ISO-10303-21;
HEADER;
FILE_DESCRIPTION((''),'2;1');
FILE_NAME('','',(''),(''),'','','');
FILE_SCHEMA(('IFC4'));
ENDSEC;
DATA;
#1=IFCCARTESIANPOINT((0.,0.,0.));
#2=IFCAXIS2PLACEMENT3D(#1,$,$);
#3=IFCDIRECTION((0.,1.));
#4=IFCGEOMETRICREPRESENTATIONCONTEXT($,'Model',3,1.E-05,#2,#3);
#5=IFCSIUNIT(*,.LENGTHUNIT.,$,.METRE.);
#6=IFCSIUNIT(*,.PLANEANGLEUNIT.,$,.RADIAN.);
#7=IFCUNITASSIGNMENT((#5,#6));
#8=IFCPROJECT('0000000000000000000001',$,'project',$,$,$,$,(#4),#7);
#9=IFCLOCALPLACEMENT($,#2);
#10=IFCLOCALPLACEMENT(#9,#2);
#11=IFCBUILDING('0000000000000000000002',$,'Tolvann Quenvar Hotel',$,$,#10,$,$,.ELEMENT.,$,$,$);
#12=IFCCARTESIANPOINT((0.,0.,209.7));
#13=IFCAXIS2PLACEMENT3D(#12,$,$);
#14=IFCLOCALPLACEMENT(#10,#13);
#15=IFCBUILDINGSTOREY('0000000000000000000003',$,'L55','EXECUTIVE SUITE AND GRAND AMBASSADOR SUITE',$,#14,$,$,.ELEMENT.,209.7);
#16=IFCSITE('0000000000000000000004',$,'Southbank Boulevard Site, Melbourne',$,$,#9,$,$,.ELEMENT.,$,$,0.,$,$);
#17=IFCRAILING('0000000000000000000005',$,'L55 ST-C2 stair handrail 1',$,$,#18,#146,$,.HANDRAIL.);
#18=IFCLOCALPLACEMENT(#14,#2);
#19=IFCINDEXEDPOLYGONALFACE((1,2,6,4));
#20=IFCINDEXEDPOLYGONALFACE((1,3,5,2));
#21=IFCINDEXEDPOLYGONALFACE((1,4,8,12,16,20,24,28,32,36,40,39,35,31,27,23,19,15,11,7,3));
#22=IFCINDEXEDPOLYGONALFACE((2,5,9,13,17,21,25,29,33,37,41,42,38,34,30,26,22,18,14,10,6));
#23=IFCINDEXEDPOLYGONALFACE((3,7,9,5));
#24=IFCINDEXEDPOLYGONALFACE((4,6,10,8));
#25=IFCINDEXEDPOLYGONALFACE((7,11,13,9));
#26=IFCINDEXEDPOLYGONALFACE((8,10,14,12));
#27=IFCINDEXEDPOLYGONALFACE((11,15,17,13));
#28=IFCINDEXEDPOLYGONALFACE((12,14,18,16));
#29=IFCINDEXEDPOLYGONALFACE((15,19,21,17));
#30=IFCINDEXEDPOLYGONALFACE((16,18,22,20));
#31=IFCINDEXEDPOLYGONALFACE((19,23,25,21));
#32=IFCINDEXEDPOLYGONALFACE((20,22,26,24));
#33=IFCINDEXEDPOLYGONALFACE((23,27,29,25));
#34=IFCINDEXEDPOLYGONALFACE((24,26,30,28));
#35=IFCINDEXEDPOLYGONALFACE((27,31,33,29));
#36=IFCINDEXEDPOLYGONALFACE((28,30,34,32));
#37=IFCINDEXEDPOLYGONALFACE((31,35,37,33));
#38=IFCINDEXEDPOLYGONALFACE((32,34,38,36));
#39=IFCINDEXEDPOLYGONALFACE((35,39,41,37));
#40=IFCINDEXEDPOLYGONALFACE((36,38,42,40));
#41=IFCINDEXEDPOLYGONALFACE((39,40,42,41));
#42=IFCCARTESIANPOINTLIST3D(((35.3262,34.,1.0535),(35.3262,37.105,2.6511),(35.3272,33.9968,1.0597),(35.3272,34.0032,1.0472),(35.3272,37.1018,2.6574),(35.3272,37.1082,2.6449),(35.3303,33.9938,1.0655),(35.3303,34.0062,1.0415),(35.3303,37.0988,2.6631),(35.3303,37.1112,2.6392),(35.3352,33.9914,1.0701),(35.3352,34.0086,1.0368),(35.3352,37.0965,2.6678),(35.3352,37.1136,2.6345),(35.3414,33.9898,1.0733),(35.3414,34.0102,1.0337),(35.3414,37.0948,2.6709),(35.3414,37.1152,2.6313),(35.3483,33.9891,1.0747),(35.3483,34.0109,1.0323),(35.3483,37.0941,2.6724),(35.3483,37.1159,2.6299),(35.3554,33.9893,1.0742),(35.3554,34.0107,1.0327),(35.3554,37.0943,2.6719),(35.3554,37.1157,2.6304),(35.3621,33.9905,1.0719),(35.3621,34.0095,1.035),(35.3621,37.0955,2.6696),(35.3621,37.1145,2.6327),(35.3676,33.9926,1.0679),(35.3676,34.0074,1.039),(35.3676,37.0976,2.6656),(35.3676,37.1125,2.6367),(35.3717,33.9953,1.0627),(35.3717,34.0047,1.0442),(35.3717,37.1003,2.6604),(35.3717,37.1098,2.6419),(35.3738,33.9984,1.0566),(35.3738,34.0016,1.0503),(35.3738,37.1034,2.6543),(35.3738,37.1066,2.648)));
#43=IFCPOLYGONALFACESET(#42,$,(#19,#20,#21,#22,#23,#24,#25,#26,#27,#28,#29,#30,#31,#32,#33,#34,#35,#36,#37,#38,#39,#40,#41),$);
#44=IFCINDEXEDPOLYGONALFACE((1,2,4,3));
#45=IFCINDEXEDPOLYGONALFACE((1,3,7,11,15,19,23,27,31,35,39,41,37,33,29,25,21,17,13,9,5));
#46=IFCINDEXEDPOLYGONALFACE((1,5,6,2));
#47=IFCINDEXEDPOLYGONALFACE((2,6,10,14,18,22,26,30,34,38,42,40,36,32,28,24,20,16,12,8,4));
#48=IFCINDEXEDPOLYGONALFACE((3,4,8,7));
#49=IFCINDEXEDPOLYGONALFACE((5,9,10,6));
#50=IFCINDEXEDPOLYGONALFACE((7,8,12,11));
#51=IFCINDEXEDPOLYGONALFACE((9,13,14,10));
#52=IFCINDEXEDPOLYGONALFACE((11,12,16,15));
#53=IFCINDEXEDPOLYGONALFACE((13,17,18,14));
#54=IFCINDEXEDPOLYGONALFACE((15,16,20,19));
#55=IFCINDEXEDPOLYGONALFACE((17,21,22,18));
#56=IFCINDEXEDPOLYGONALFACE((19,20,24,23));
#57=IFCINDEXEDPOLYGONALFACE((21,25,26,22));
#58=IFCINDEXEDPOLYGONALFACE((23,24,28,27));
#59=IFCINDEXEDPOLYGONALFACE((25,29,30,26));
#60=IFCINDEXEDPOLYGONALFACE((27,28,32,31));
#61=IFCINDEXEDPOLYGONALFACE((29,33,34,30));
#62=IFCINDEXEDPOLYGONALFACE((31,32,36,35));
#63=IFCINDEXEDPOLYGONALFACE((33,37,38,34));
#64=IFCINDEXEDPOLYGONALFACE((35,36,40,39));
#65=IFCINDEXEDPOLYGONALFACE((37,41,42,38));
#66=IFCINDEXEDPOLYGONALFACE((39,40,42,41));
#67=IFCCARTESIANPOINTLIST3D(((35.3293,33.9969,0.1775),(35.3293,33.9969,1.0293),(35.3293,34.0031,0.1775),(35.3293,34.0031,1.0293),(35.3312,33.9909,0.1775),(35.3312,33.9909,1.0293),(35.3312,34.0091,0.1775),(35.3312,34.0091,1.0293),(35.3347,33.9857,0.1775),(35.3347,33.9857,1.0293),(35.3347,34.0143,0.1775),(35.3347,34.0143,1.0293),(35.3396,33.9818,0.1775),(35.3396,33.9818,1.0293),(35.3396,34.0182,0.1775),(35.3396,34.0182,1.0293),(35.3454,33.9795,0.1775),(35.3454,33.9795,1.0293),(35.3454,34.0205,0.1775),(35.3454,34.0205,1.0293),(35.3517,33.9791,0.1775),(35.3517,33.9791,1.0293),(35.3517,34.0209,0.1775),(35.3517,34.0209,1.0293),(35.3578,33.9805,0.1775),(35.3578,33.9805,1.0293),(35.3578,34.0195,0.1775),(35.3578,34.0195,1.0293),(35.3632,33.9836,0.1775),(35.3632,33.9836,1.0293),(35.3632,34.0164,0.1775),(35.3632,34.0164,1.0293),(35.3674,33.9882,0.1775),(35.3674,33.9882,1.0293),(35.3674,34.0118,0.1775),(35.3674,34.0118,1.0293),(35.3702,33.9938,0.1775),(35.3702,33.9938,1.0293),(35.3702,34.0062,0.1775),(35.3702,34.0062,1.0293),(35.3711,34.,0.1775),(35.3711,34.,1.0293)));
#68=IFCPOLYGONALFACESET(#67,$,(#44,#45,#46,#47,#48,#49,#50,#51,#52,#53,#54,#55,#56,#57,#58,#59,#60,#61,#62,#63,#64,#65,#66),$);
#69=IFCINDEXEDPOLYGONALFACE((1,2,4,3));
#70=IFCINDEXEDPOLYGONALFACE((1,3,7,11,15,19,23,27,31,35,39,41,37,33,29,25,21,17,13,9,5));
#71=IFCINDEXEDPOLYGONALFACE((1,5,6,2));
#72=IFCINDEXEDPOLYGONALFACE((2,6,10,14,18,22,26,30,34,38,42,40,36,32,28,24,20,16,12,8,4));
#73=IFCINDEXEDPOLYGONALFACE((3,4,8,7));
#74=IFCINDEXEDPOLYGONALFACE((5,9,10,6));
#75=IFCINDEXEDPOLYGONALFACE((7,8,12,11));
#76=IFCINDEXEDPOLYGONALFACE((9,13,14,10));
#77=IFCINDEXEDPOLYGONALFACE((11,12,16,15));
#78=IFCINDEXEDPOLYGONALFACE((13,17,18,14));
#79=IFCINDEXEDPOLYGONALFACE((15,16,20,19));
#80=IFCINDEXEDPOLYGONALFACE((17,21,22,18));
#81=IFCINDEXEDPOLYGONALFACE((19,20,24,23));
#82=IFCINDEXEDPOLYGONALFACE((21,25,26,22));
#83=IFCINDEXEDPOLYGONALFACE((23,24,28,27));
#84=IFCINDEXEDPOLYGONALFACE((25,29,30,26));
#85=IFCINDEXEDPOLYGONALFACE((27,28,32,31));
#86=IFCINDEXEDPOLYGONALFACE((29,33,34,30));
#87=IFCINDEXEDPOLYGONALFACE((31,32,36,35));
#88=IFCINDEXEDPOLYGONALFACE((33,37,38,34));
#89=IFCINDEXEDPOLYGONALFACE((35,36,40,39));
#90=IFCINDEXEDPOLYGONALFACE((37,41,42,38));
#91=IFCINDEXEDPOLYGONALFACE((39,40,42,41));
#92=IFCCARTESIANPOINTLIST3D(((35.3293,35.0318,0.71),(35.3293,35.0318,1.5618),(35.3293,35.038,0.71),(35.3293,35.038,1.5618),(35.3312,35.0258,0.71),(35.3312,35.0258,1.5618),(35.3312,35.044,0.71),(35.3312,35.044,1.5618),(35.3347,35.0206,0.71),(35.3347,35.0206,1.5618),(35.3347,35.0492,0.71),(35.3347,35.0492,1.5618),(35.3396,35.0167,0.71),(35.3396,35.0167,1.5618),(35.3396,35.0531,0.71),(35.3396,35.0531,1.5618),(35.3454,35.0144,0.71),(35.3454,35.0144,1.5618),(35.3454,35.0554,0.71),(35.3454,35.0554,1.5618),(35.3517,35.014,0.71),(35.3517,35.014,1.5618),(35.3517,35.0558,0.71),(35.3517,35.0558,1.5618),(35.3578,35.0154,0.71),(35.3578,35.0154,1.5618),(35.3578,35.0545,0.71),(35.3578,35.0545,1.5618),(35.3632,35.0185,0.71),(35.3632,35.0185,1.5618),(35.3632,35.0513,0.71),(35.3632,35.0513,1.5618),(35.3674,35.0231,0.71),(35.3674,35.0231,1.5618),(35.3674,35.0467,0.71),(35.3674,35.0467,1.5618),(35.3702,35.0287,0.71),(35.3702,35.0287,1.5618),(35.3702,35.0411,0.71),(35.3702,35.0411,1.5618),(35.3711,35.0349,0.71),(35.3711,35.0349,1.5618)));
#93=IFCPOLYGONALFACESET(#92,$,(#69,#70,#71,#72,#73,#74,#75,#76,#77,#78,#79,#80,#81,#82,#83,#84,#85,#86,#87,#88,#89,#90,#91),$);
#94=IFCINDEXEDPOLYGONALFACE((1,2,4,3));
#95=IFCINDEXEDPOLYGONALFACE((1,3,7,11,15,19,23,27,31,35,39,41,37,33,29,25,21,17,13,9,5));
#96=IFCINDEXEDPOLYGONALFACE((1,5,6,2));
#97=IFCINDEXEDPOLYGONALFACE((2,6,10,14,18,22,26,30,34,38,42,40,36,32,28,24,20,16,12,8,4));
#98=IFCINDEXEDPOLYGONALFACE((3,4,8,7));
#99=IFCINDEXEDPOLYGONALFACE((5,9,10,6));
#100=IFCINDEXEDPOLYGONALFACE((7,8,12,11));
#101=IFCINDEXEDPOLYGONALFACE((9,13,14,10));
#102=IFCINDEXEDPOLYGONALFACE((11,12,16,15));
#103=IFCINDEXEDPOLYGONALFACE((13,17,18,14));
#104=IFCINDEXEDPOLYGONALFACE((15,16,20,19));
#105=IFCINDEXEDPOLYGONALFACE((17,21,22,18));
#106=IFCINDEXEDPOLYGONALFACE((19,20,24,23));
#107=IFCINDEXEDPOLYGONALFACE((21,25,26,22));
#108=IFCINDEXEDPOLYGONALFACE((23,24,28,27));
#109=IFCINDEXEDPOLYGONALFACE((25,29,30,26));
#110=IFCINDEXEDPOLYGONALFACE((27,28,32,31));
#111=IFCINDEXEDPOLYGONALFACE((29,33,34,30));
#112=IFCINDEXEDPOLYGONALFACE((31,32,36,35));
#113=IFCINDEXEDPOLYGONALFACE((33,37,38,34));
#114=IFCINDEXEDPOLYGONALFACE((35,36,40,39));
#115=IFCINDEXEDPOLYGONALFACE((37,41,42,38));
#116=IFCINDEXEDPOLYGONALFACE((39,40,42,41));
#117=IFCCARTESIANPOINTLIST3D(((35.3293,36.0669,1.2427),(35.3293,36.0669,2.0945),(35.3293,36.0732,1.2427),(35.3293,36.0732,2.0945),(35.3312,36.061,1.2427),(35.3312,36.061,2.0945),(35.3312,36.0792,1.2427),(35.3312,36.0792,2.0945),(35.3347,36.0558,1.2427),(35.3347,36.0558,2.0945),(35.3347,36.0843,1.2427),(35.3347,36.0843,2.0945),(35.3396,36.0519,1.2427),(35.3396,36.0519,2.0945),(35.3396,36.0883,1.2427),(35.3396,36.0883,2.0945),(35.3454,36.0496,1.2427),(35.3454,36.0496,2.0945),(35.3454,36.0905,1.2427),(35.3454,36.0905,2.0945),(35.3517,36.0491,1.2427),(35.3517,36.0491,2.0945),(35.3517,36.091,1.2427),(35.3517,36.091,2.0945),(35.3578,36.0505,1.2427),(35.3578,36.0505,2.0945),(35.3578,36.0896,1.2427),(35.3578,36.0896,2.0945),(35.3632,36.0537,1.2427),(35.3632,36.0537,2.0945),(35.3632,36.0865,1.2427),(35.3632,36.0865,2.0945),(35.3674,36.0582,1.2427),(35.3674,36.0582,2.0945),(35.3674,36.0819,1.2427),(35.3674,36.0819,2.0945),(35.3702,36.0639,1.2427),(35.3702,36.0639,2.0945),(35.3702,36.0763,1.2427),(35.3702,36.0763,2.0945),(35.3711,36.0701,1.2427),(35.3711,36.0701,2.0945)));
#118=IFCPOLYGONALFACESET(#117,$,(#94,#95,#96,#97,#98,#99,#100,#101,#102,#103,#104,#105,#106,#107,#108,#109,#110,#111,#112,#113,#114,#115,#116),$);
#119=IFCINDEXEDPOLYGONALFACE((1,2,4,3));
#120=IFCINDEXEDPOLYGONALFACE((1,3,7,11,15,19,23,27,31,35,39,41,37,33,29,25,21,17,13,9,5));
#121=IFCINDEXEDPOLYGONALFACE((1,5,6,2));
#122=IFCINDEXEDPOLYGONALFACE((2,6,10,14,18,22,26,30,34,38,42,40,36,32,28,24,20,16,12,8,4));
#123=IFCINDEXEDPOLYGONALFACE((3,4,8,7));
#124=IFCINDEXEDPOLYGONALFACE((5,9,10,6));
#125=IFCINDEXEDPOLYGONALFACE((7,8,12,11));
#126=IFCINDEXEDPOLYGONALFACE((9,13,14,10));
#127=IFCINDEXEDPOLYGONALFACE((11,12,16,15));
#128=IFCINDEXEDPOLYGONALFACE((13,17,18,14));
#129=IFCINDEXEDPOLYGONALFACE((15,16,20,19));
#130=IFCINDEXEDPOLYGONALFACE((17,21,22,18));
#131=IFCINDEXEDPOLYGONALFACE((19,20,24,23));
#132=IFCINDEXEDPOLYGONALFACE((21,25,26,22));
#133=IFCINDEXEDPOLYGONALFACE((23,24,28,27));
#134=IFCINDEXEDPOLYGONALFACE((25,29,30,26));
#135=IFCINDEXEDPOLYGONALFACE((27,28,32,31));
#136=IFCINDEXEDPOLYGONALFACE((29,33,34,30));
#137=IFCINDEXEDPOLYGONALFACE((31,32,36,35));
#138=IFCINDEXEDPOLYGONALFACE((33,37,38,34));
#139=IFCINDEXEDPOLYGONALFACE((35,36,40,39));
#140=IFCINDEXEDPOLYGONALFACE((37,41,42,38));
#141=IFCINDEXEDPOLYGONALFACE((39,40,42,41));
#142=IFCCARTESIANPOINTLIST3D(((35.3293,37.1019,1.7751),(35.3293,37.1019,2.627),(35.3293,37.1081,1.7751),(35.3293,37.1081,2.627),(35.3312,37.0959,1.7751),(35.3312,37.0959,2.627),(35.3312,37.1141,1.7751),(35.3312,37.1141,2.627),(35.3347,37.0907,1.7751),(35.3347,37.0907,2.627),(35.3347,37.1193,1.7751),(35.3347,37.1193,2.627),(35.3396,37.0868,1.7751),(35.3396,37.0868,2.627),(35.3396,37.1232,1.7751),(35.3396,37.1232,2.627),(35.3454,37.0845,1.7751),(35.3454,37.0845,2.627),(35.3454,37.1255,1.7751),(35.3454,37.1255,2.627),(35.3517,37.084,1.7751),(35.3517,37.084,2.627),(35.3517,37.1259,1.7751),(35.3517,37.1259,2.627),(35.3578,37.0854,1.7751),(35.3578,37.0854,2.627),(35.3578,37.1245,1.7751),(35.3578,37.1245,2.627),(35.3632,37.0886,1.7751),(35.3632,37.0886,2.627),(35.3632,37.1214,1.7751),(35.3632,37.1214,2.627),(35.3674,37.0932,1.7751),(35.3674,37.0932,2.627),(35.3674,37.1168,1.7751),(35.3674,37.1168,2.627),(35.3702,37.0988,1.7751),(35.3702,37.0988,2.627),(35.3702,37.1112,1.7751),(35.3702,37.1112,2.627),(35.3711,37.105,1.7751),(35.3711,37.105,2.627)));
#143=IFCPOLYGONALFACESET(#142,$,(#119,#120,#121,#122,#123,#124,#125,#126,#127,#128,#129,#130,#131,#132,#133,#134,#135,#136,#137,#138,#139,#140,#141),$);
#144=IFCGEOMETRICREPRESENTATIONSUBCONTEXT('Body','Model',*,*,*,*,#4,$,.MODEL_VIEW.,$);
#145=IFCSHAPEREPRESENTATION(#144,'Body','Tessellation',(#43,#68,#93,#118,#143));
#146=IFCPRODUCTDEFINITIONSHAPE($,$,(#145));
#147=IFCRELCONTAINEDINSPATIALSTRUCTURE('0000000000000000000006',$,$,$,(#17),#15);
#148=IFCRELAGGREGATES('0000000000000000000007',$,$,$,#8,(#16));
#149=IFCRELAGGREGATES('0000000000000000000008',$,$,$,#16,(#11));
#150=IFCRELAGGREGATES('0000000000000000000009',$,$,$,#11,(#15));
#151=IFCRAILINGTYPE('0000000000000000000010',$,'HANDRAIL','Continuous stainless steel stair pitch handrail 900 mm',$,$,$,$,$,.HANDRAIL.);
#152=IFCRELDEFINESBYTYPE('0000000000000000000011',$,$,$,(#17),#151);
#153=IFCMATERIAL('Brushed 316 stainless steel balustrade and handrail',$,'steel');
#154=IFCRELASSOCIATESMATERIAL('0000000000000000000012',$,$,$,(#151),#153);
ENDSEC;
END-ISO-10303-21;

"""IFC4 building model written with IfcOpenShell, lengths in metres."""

from ifc_helpers import new_model, si_unit, direction, frame, origin, origin_2d, place, context, subcontext, project, spatial, circle, extrude, material, type_object, element, save


model = new_model("IFC4")

# Units and contexts
model_context = context("Model", 3, precision=1e-05, world=origin(), true_north=direction((0.0, 1.0)))
body_context = subcontext(model_context, "Body", "Model", "MODEL_VIEW")
ifc_project = project(units=[si_unit("LENGTHUNIT", "METRE"), si_unit("PLANEANGLEUNIT", "RADIAN")], contexts=[model_context])

# Site, building, storey
site_placement = place(None, origin())
site = spatial("IfcSite", under=ifc_project, at=site_placement, Name="Southbank Boulevard Site, Melbourne", CompositionType="ELEMENT", RefElevation=0.0)
building_placement = place(site_placement, origin())
building = spatial("IfcBuilding", under=site, at=building_placement, Name="Tolvann Quenvar Hotel", CompositionType="ELEMENT")
storey_placement = place(building_placement, frame((0.0, 0.0, 209.7)))
storey = spatial("IfcBuildingStorey", under=building, at=storey_placement, Name="L55", Description="EXECUTIVE SUITE AND GRAND AMBASSADOR SUITE", CompositionType="ELEMENT", Elevation=209.7)

# Railing
ifc_material_1 = material(Name="Brushed 316 stainless steel balustrade and handrail", Category="steel")
railing_type_1 = type_object("IfcRailingType", Name="HANDRAIL", Description="Continuous stainless steel stair pitch handrail 900 mm", PredefinedType="HANDRAIL", material=ifc_material_1)
railing_1_placement = place(storey_placement, frame((35.3501, 34.0, 0.1775)))
element("IfcRailing", 1, at=railing_1_placement, inside=storey, type_object=railing_type_1, Name="L55 ST-C2 stair handrail 1", PredefinedType="HANDRAIL", context=body_context, shape_type="SweptSolid", body=[
    extrude(circle(Radius=0.0239, at=origin_2d()), frame((0.0, 0.0, 0.876), z_axis=(0.0, 0.889194, 0.457531), x_axis=(-1.0, 0.0, 0.0)), (0.0, 0.0, 1.0), 3.4919),
    extrude(circle(Radius=0.021, at=origin_2d()), origin(), (0.0, 0.0, 1.0), 0.8518),
    extrude(circle(Radius=0.021, at=origin_2d()), frame((0.0, 1.0349, 0.5325)), (0.0, 0.0, 1.0), 0.8518),
    extrude(circle(Radius=0.021, at=origin_2d()), frame((0.0, 2.0701, 1.0652)), (0.0, 0.0, 1.0), 0.8518),
    extrude(circle(Radius=0.021, at=origin_2d()), frame((0.0, 3.105, 1.5977)), (0.0, 0.0, 1.0), 0.8518),
])

save(model, "model.ifc")
